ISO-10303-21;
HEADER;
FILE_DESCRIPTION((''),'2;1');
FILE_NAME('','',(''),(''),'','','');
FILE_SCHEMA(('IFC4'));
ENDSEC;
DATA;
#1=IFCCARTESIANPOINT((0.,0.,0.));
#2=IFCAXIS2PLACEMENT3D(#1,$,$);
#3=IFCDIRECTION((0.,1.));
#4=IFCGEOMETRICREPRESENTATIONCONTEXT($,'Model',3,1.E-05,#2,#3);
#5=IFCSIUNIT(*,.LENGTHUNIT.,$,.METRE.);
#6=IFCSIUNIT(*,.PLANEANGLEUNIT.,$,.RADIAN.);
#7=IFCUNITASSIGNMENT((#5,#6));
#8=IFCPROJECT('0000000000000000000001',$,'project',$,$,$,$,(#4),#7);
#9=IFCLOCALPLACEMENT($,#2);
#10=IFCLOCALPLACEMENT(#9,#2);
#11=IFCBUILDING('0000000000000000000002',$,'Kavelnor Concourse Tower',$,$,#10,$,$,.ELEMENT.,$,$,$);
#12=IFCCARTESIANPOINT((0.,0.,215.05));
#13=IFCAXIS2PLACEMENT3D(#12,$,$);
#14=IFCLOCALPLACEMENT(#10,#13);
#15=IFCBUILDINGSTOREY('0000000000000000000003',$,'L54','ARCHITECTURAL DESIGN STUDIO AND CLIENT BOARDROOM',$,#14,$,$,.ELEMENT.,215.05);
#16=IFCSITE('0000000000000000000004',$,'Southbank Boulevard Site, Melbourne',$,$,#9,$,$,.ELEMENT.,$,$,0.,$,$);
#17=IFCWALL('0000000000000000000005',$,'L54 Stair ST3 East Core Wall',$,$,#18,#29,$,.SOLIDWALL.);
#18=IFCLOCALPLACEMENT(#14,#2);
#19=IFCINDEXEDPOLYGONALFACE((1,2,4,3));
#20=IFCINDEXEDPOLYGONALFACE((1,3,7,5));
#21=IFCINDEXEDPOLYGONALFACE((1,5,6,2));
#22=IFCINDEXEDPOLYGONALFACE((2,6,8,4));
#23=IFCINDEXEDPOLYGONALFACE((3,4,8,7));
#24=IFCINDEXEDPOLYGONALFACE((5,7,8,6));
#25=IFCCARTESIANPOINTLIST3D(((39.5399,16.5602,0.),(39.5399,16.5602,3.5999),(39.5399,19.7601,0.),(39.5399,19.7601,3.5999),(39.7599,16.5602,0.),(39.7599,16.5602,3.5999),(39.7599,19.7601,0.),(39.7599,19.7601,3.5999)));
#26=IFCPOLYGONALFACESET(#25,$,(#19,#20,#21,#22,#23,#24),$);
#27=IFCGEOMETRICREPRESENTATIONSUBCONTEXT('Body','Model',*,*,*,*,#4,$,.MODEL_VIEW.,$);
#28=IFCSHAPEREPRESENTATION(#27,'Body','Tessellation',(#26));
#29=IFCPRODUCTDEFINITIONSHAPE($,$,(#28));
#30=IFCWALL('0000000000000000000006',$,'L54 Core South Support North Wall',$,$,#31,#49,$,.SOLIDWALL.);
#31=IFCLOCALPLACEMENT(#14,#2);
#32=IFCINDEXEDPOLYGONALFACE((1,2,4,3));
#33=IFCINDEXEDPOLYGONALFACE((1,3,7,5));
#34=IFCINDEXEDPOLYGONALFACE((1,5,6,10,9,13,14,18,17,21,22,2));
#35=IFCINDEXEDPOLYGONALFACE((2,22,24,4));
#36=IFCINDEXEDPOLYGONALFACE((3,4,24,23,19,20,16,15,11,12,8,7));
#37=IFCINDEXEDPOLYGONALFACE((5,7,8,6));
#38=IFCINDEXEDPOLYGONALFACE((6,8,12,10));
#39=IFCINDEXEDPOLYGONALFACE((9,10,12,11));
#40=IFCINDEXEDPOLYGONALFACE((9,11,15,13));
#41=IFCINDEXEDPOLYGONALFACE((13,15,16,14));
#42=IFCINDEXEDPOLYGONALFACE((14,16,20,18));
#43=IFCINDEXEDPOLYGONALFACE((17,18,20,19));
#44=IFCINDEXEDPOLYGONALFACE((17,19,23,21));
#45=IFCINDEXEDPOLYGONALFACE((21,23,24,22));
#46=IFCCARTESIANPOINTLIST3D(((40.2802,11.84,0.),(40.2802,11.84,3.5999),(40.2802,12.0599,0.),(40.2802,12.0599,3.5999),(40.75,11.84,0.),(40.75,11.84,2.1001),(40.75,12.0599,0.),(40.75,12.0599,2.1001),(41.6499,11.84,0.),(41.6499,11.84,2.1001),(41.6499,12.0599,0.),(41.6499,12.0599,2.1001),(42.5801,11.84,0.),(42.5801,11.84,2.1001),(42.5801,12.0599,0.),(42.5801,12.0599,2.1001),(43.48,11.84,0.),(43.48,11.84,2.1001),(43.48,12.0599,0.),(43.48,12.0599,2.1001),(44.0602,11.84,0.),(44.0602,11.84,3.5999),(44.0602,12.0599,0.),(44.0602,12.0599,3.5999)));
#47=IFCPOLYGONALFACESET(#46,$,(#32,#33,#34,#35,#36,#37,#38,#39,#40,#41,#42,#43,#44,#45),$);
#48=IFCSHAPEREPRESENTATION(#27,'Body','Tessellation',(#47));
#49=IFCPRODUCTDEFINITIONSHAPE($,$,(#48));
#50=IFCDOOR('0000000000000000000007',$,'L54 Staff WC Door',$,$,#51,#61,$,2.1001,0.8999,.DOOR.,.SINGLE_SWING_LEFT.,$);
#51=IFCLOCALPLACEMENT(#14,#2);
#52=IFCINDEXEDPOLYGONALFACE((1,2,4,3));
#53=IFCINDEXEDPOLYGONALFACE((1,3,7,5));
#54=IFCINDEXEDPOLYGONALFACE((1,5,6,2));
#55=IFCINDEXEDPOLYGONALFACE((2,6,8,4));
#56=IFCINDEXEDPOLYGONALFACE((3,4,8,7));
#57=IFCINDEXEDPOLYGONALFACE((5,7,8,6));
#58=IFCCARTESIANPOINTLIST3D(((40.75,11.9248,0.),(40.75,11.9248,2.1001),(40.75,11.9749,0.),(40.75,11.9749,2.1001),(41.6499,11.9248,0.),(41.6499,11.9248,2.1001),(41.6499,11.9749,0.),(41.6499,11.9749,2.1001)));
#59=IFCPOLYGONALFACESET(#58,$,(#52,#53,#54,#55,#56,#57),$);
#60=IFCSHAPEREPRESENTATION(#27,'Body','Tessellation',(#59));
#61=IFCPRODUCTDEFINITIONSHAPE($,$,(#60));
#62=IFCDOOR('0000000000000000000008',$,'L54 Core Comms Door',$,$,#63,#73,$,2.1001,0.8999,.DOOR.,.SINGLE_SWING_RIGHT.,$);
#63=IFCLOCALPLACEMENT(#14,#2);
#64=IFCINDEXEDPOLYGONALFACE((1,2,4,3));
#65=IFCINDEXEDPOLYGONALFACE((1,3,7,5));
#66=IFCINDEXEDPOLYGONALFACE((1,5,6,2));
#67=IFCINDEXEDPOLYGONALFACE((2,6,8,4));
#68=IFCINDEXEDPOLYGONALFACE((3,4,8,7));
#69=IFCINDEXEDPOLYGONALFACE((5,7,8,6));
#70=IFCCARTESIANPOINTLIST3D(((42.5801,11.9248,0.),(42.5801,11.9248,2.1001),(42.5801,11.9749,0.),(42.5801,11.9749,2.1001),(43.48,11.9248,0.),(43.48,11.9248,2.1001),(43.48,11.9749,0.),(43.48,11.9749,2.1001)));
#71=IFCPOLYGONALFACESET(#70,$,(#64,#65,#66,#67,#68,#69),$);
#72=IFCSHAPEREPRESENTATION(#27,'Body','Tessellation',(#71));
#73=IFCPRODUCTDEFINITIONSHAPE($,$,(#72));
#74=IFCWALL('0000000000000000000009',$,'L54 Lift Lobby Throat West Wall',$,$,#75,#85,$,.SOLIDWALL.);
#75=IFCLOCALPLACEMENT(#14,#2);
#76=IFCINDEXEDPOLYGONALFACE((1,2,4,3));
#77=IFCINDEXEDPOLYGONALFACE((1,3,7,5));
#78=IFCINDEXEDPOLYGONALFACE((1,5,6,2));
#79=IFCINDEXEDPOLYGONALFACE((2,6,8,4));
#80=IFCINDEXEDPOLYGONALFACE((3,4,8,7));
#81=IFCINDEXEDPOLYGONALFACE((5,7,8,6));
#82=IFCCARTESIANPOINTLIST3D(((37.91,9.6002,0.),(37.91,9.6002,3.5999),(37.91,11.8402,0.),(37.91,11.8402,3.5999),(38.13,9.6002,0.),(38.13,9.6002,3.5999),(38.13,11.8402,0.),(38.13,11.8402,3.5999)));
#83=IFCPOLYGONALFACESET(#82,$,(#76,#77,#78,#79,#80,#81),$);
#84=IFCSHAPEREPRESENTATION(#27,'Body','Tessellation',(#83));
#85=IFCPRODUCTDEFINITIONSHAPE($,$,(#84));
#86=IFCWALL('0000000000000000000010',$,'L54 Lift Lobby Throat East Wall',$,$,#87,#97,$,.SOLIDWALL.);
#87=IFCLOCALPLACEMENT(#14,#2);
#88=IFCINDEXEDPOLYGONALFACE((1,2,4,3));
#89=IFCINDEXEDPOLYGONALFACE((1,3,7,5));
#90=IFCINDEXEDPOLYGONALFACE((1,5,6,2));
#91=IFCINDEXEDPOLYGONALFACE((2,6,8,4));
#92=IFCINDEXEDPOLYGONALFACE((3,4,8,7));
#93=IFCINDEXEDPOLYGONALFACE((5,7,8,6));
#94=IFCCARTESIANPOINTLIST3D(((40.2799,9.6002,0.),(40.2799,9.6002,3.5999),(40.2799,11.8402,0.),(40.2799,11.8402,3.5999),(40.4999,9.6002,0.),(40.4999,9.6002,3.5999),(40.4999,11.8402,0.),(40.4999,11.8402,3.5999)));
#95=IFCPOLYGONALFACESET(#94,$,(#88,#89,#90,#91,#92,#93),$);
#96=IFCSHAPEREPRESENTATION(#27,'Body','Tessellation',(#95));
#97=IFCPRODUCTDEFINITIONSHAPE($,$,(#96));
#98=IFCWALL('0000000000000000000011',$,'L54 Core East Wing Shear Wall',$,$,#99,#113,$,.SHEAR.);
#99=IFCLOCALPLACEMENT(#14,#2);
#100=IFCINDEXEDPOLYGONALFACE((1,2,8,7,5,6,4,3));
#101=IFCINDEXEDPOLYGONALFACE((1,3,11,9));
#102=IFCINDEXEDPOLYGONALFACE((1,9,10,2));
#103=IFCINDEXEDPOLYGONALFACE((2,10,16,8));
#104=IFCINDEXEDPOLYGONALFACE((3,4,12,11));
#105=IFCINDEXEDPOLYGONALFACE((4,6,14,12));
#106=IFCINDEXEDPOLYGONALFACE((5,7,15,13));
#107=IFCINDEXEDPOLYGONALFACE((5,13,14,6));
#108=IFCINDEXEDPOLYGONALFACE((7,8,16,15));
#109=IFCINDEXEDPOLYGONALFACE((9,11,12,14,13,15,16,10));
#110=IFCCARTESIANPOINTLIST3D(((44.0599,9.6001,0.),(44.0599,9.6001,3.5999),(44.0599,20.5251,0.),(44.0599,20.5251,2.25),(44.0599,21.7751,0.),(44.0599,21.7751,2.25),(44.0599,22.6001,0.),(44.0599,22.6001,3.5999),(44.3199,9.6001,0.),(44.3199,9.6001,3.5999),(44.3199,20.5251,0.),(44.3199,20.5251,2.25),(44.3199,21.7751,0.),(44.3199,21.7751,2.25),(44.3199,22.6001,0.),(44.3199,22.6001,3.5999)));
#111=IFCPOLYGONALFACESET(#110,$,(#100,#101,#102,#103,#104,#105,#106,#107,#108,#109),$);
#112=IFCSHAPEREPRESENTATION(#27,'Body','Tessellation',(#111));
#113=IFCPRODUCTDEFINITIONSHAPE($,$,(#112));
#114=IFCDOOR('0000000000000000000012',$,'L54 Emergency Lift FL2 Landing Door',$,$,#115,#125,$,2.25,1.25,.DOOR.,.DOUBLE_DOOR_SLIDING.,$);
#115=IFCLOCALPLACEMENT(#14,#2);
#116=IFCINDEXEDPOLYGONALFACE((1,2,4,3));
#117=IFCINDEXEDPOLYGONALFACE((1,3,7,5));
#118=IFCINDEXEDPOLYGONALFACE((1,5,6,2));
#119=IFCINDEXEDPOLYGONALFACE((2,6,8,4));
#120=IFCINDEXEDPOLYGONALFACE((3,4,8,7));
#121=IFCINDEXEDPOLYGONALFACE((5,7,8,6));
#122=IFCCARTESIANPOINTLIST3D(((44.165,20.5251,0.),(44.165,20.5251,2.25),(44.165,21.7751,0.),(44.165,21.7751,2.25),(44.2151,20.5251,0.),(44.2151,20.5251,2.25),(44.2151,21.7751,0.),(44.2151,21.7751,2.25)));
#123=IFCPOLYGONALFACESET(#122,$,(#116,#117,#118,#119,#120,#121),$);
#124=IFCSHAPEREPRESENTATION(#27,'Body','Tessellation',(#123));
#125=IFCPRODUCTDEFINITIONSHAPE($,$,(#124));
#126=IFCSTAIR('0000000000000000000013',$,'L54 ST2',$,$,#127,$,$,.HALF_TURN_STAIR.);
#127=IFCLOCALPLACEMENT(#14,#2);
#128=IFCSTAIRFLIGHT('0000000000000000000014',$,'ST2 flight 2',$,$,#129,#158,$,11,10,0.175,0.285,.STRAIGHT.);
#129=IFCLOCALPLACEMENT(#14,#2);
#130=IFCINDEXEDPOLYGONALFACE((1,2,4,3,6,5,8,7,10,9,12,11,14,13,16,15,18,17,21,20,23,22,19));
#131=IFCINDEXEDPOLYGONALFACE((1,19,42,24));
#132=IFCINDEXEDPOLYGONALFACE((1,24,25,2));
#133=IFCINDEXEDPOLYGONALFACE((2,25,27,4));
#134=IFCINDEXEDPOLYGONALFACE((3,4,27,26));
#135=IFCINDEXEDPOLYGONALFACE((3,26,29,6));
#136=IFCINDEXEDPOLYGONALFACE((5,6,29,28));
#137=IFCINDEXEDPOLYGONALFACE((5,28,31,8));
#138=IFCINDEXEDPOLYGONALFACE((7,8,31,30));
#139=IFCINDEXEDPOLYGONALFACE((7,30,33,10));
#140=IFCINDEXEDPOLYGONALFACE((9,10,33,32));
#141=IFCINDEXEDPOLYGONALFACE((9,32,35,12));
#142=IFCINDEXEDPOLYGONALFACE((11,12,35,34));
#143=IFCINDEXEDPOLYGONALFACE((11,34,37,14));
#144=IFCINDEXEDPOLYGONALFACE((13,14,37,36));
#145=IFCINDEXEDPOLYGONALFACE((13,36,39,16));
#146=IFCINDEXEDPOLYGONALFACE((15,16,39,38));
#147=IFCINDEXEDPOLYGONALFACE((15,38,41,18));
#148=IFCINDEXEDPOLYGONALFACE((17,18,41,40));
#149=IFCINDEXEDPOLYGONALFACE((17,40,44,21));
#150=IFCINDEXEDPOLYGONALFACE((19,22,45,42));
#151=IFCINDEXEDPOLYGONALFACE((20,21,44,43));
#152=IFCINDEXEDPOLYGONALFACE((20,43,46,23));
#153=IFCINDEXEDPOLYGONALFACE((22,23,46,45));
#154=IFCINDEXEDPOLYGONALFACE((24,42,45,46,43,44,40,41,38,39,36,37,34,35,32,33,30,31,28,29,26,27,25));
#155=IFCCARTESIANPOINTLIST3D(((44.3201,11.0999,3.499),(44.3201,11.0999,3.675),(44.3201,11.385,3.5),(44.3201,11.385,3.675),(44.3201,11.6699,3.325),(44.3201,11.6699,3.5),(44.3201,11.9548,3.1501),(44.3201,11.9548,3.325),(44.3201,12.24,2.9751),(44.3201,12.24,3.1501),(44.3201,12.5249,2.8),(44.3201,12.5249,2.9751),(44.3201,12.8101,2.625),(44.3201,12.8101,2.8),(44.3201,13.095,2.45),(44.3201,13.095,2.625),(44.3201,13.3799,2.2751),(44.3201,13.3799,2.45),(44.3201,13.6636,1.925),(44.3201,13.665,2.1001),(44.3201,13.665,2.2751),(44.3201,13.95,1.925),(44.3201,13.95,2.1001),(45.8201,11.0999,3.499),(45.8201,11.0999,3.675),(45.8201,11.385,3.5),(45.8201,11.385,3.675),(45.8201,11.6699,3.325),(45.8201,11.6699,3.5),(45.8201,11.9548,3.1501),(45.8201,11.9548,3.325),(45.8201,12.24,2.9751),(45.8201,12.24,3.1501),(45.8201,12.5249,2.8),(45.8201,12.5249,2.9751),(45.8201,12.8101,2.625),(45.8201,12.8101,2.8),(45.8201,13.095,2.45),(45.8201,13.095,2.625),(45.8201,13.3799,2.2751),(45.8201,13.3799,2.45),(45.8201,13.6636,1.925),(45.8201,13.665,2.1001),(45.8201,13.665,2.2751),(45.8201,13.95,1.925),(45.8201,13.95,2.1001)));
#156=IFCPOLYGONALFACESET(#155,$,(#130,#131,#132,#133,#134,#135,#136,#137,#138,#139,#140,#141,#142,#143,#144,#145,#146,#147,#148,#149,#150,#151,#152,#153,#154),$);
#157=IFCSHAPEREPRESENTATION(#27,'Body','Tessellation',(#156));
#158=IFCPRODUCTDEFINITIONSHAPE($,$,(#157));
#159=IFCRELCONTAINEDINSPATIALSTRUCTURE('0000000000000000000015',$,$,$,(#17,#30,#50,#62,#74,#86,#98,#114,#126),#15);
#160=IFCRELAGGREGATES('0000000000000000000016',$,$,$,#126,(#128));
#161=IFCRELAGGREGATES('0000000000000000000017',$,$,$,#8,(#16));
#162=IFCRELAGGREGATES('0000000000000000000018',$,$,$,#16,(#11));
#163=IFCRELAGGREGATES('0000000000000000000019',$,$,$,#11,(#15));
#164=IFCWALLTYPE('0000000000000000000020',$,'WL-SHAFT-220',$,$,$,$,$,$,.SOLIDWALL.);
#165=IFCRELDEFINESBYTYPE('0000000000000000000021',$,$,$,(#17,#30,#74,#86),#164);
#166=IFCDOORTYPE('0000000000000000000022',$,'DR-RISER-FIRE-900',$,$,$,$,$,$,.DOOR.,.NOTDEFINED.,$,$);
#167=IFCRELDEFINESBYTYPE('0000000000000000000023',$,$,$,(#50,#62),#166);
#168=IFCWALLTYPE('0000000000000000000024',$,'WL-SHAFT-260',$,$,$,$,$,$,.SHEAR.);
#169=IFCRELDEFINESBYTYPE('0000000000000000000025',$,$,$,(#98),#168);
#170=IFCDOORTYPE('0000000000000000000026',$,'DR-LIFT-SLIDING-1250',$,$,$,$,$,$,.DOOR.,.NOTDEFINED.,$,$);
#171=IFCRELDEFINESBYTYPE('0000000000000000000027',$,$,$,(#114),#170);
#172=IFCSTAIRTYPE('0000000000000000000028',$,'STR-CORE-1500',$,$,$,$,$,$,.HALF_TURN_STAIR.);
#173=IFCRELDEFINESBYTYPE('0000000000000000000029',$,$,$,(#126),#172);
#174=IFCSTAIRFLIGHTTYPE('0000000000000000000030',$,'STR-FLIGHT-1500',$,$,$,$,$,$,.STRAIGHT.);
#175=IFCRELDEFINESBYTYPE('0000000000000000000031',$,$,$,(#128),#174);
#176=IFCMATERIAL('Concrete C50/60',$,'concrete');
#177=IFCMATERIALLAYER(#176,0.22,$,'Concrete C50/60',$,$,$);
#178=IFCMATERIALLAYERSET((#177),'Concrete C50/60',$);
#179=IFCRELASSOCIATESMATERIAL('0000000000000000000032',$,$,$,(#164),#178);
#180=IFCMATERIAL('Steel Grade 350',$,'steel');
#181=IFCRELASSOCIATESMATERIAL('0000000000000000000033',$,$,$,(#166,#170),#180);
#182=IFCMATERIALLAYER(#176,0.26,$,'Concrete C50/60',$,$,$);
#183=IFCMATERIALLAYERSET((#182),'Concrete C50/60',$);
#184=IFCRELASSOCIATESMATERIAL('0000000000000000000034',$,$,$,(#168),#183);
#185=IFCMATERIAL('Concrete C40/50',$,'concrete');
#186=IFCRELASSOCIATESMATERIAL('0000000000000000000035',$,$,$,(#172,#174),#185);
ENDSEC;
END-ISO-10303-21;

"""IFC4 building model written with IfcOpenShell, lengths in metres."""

from ifc_helpers import new_model, si_unit, direction, frame, frame_2d, origin, place, context, subcontext, project, spatial, polyline, rectangle, outline, extrude, material, layer, layer_set, type_object, element, fill, aggregate, save


model = new_model("IFC4")

# Units and contexts
model_context = context("Model", 3, precision=1e-05, world=origin(), true_north=direction((0.0, 1.0)))
body_context = subcontext(model_context, "Body", "Model", "MODEL_VIEW")
ifc_project = project(units=[si_unit("LENGTHUNIT", "METRE"), si_unit("PLANEANGLEUNIT", "RADIAN")], contexts=[model_context])

# Site, building, storey
site_placement = place(None, origin())
site = spatial("IfcSite", under=ifc_project, at=site_placement, Name="Southbank Boulevard Site, Melbourne", CompositionType="ELEMENT", RefElevation=0.0)
building_placement = place(site_placement, origin())
building = spatial("IfcBuilding", under=site, at=building_placement, Name="Kavelnor Concourse Tower", CompositionType="ELEMENT")
storey_placement = place(building_placement, frame((0.0, 0.0, 215.05)))
storey = spatial("IfcBuildingStorey", under=building, at=storey_placement, Name="L54", Description="ARCHITECTURAL DESIGN STUDIO AND CLIENT BOARDROOM", CompositionType="ELEMENT", Elevation=215.05)

# Shared definitions
ifc_material_1 = material(Name="Steel Grade 350", Category="steel")

# Wall
ifc_material_2 = material(Name="Concrete C50/60", Category="concrete")
ifc_layer_1 = layer(ifc_material_2, 0.22, Name="Concrete C50/60")
ifc_layer_set_1 = layer_set([ifc_layer_1], Name="Concrete C50/60")
wall_type_1 = type_object("IfcWallType", Name="WL-SHAFT-220", PredefinedType="SOLIDWALL", material=ifc_layer_set_1)
wall_1_placement = place(storey_placement, frame((39.6499, 16.5601, 0.0), z_axis=(0.0, 0.0, 1.0), x_axis=(0.0, 1.0, 0.0)))
element("IfcWall", 1, at=wall_1_placement, inside=storey, type_object=wall_type_1, Name="L54 Stair ST3 East Core Wall", PredefinedType="SOLIDWALL", context=body_context, shape_type="SweptSolid", body=[
    extrude(rectangle(XDim=3.2, YDim=0.22, at=frame_2d((1.6001, 0.0))), origin(), (0.0, 0.0, 1.0), 3.5999),
])

# Wall, openings, doors
wall_2_placement = place(storey_placement, frame((40.28, 11.95, 0.0), z_axis=(0.0, 0.0, 1.0), x_axis=(1.0, 0.0, 0.0)))
wall_2 = element("IfcWall", 2, at=wall_2_placement, inside=storey, type_object=wall_type_1, Name="L54 Core South Support North Wall", PredefinedType="SOLIDWALL", context=body_context, shape_type="SweptSolid", body=[
    extrude(rectangle(XDim=3.78, YDim=0.22, at=frame_2d((1.8901, 0.0))), origin(), (0.0, 0.0, 1.0), 3.5999),
])
opening_1_placement = place(wall_2_placement, frame((0.47, 0.0, 0.0)))
opening_1 = element("IfcOpeningElement", 3, at=opening_1_placement, cuts=wall_2, PredefinedType="OPENING", context=body_context, shape_type="SweptSolid", body=[
    extrude(rectangle(XDim=0.8999, YDim=2.1001, at=frame_2d((0.45, 1.05))), frame((0.0, 0.1201, 0.0), z_axis=(0.0, -1.0, 0.0), x_axis=(1.0, 0.0, 0.0)), (0.0, 0.0, 1.0), 0.24),
])
opening_2_placement = place(wall_2_placement, frame((2.3, 0.0, 0.0)))
opening_2 = element("IfcOpeningElement", 4, at=opening_2_placement, cuts=wall_2, PredefinedType="OPENING", context=body_context, shape_type="SweptSolid", body=[
    extrude(rectangle(XDim=0.8999, YDim=2.1001, at=frame_2d((0.45, 1.05))), frame((0.0, 0.1201, 0.0), z_axis=(0.0, -1.0, 0.0), x_axis=(1.0, 0.0, 0.0)), (0.0, 0.0, 1.0), 0.24),
])
door_type_1 = type_object("IfcDoorType", Name="DR-RISER-FIRE-900", OperationType="NOTDEFINED", PredefinedType="DOOR", material=ifc_material_1)
door_1_placement = place(opening_1_placement, origin())
door_1 = element("IfcDoor", 5, at=door_1_placement, inside=storey, type_object=door_type_1, Name="L54 Staff WC Door", OperationType="SINGLE_SWING_LEFT", OverallHeight=2.1001, OverallWidth=0.8999, PredefinedType="DOOR", context=body_context, shape_type="SweptSolid", body=[
    extrude(rectangle(XDim=0.8999, YDim=2.1001, at=frame_2d((0.45, 1.05))), frame((0.0, 0.0249, 0.0), z_axis=(0.0, -1.0, 0.0), x_axis=(1.0, 0.0, 0.0)), (0.0, 0.0, 1.0), 0.05),
])
fill(opening_1, door_1)
door_2_placement = place(opening_2_placement, origin())
door_2 = element("IfcDoor", 6, at=door_2_placement, inside=storey, type_object=door_type_1, Name="L54 Core Comms Door", OperationType="SINGLE_SWING_RIGHT", OverallHeight=2.1001, OverallWidth=0.8999, PredefinedType="DOOR", context=body_context, shape_type="SweptSolid", body=[
    extrude(rectangle(XDim=0.8999, YDim=2.1001, at=frame_2d((0.45, 1.05))), frame((0.0, 0.0249, 0.0), z_axis=(0.0, -1.0, 0.0), x_axis=(1.0, 0.0, 0.0)), (0.0, 0.0, 1.0), 0.05),
])
fill(opening_2, door_2)

# Walls
for number, where, z_axis, x_axis, name in (
    (7, (38.02, 9.6001, 0.0), (0.0, 0.0, 1.0), (0.0, 1.0, 0.0), "L54 Lift Lobby Throat West Wall"),
    (8, (40.3899, 9.6001, 0.0), (0.0, 0.0, 1.0), (0.0, 1.0, 0.0), "L54 Lift Lobby Throat East Wall"),
):
    element("IfcWall", number, at=place(storey_placement, frame(where, z_axis=z_axis, x_axis=x_axis)), inside=storey, type_object=wall_type_1, Name=name, PredefinedType="SOLIDWALL", context=body_context, shape_type="SweptSolid", body=[
        extrude(rectangle(XDim=2.24, YDim=0.22, at=frame_2d((1.1201, 0.0))), origin(), (0.0, 0.0, 1.0), 3.5999),
    ])

# Wall, opening, door
ifc_layer_2 = layer(ifc_material_2, 0.26, Name="Concrete C50/60")
ifc_layer_set_2 = layer_set([ifc_layer_2], Name="Concrete C50/60")
wall_type_2 = type_object("IfcWallType", Name="WL-SHAFT-260", PredefinedType="SHEAR", material=ifc_layer_set_2)
wall_3_placement = place(storey_placement, frame((44.1899, 9.6001, 0.0), z_axis=(0.0, 0.0, 1.0), x_axis=(0.0, 1.0, 0.0)))
wall_3 = element("IfcWall", 9, at=wall_3_placement, inside=storey, type_object=wall_type_2, Name="L54 Core East Wing Shear Wall", PredefinedType="SHEAR", context=body_context, shape_type="SweptSolid", body=[
    extrude(rectangle(XDim=13.0, YDim=0.26, at=frame_2d((6.5, 0.0))), origin(), (0.0, 0.0, 1.0), 3.5999),
])
opening_3_placement = place(wall_3_placement, frame((10.925, 0.0, 0.0)))
opening_3 = element("IfcOpeningElement", 10, at=opening_3_placement, cuts=wall_3, PredefinedType="OPENING", context=body_context, shape_type="SweptSolid", body=[
    extrude(rectangle(XDim=1.25, YDim=2.25, at=frame_2d((0.625, 1.125))), frame((0.0, 0.1401, 0.0), z_axis=(0.0, -1.0, 0.0), x_axis=(1.0, 0.0, 0.0)), (0.0, 0.0, 1.0), 0.28),
])
door_type_2 = type_object("IfcDoorType", Name="DR-LIFT-SLIDING-1250", OperationType="NOTDEFINED", PredefinedType="DOOR", material=ifc_material_1)
door_3_placement = place(opening_3_placement, origin())
door_3 = element("IfcDoor", 11, at=door_3_placement, inside=storey, type_object=door_type_2, Name="L54 Emergency Lift FL2 Landing Door", OperationType="DOUBLE_DOOR_SLIDING", OverallHeight=2.25, OverallWidth=1.25, PredefinedType="DOOR", context=body_context, shape_type="SweptSolid", body=[
    extrude(rectangle(XDim=1.25, YDim=2.25, at=frame_2d((0.625, 1.125))), frame((0.0, 0.0249, 0.0), z_axis=(0.0, -1.0, 0.0), x_axis=(1.0, 0.0, 0.0)), (0.0, 0.0, 1.0), 0.05),
])
fill(opening_3, door_3)

# Stair, stair flight
ifc_material_3 = material(Name="Concrete C40/50", Category="concrete")
stair_type = type_object("IfcStairType", Name="STR-CORE-1500", PredefinedType="HALF_TURN_STAIR", material=ifc_material_3)
stair_placement = place(storey_placement, origin())
stair = element("IfcStair", 12, at=stair_placement, inside=storey, type_object=stair_type, Name="L54 ST2", PredefinedType="HALF_TURN_STAIR")
stair_flight_type = type_object("IfcStairFlightType", Name="STR-FLIGHT-1500", PredefinedType="STRAIGHT", material=ifc_material_3)
stair_flight_placement = place(storey_placement, frame((45.0701, 13.95, 1.925), z_axis=(0.0, 0.0, 1.0), x_axis=(0.0, -1.0, 0.0)))
stair_flight = element("IfcStairFlight", 13, at=stair_flight_placement, type_object=stair_flight_type, Name="ST2 flight 2", NumberOfRisers=11, NumberOfTreads=10, PredefinedType="STRAIGHT", RiserHeight=0.175, TreadLength=0.285, context=body_context, shape_type="SweptSolid", body=[
    extrude(outline(polyline([(0.0, 0.0), (0.0, 0.175), (0.2849, 0.175), (0.2849, 0.3501), (0.5701, 0.3501), (0.5701, 0.5249), (0.855, 0.5249), (0.855, 0.7), (1.1399, 0.7), (1.1399, 0.875), (1.425, 0.875), (1.425, 1.05), (1.71, 1.05), (1.71, 1.2251), (1.9951, 1.2251), (1.9951, 1.3999), (2.28, 1.3999), (2.28, 1.575), (2.5649, 1.575), (2.5649, 1.75), (2.8501, 1.75), (2.8501, 1.925), (2.8501, 1.574), (0.2864, 0.0), (0.0, 0.0)])), frame((0.0, 0.75, 0.0), z_axis=(0.0, -1.0, 0.0), x_axis=(1.0, 0.0, 0.0)), (0.0, 0.0, 1.0), 1.5),
])
aggregate(stair, [stair_flight])

save(model, "model.ifc")
